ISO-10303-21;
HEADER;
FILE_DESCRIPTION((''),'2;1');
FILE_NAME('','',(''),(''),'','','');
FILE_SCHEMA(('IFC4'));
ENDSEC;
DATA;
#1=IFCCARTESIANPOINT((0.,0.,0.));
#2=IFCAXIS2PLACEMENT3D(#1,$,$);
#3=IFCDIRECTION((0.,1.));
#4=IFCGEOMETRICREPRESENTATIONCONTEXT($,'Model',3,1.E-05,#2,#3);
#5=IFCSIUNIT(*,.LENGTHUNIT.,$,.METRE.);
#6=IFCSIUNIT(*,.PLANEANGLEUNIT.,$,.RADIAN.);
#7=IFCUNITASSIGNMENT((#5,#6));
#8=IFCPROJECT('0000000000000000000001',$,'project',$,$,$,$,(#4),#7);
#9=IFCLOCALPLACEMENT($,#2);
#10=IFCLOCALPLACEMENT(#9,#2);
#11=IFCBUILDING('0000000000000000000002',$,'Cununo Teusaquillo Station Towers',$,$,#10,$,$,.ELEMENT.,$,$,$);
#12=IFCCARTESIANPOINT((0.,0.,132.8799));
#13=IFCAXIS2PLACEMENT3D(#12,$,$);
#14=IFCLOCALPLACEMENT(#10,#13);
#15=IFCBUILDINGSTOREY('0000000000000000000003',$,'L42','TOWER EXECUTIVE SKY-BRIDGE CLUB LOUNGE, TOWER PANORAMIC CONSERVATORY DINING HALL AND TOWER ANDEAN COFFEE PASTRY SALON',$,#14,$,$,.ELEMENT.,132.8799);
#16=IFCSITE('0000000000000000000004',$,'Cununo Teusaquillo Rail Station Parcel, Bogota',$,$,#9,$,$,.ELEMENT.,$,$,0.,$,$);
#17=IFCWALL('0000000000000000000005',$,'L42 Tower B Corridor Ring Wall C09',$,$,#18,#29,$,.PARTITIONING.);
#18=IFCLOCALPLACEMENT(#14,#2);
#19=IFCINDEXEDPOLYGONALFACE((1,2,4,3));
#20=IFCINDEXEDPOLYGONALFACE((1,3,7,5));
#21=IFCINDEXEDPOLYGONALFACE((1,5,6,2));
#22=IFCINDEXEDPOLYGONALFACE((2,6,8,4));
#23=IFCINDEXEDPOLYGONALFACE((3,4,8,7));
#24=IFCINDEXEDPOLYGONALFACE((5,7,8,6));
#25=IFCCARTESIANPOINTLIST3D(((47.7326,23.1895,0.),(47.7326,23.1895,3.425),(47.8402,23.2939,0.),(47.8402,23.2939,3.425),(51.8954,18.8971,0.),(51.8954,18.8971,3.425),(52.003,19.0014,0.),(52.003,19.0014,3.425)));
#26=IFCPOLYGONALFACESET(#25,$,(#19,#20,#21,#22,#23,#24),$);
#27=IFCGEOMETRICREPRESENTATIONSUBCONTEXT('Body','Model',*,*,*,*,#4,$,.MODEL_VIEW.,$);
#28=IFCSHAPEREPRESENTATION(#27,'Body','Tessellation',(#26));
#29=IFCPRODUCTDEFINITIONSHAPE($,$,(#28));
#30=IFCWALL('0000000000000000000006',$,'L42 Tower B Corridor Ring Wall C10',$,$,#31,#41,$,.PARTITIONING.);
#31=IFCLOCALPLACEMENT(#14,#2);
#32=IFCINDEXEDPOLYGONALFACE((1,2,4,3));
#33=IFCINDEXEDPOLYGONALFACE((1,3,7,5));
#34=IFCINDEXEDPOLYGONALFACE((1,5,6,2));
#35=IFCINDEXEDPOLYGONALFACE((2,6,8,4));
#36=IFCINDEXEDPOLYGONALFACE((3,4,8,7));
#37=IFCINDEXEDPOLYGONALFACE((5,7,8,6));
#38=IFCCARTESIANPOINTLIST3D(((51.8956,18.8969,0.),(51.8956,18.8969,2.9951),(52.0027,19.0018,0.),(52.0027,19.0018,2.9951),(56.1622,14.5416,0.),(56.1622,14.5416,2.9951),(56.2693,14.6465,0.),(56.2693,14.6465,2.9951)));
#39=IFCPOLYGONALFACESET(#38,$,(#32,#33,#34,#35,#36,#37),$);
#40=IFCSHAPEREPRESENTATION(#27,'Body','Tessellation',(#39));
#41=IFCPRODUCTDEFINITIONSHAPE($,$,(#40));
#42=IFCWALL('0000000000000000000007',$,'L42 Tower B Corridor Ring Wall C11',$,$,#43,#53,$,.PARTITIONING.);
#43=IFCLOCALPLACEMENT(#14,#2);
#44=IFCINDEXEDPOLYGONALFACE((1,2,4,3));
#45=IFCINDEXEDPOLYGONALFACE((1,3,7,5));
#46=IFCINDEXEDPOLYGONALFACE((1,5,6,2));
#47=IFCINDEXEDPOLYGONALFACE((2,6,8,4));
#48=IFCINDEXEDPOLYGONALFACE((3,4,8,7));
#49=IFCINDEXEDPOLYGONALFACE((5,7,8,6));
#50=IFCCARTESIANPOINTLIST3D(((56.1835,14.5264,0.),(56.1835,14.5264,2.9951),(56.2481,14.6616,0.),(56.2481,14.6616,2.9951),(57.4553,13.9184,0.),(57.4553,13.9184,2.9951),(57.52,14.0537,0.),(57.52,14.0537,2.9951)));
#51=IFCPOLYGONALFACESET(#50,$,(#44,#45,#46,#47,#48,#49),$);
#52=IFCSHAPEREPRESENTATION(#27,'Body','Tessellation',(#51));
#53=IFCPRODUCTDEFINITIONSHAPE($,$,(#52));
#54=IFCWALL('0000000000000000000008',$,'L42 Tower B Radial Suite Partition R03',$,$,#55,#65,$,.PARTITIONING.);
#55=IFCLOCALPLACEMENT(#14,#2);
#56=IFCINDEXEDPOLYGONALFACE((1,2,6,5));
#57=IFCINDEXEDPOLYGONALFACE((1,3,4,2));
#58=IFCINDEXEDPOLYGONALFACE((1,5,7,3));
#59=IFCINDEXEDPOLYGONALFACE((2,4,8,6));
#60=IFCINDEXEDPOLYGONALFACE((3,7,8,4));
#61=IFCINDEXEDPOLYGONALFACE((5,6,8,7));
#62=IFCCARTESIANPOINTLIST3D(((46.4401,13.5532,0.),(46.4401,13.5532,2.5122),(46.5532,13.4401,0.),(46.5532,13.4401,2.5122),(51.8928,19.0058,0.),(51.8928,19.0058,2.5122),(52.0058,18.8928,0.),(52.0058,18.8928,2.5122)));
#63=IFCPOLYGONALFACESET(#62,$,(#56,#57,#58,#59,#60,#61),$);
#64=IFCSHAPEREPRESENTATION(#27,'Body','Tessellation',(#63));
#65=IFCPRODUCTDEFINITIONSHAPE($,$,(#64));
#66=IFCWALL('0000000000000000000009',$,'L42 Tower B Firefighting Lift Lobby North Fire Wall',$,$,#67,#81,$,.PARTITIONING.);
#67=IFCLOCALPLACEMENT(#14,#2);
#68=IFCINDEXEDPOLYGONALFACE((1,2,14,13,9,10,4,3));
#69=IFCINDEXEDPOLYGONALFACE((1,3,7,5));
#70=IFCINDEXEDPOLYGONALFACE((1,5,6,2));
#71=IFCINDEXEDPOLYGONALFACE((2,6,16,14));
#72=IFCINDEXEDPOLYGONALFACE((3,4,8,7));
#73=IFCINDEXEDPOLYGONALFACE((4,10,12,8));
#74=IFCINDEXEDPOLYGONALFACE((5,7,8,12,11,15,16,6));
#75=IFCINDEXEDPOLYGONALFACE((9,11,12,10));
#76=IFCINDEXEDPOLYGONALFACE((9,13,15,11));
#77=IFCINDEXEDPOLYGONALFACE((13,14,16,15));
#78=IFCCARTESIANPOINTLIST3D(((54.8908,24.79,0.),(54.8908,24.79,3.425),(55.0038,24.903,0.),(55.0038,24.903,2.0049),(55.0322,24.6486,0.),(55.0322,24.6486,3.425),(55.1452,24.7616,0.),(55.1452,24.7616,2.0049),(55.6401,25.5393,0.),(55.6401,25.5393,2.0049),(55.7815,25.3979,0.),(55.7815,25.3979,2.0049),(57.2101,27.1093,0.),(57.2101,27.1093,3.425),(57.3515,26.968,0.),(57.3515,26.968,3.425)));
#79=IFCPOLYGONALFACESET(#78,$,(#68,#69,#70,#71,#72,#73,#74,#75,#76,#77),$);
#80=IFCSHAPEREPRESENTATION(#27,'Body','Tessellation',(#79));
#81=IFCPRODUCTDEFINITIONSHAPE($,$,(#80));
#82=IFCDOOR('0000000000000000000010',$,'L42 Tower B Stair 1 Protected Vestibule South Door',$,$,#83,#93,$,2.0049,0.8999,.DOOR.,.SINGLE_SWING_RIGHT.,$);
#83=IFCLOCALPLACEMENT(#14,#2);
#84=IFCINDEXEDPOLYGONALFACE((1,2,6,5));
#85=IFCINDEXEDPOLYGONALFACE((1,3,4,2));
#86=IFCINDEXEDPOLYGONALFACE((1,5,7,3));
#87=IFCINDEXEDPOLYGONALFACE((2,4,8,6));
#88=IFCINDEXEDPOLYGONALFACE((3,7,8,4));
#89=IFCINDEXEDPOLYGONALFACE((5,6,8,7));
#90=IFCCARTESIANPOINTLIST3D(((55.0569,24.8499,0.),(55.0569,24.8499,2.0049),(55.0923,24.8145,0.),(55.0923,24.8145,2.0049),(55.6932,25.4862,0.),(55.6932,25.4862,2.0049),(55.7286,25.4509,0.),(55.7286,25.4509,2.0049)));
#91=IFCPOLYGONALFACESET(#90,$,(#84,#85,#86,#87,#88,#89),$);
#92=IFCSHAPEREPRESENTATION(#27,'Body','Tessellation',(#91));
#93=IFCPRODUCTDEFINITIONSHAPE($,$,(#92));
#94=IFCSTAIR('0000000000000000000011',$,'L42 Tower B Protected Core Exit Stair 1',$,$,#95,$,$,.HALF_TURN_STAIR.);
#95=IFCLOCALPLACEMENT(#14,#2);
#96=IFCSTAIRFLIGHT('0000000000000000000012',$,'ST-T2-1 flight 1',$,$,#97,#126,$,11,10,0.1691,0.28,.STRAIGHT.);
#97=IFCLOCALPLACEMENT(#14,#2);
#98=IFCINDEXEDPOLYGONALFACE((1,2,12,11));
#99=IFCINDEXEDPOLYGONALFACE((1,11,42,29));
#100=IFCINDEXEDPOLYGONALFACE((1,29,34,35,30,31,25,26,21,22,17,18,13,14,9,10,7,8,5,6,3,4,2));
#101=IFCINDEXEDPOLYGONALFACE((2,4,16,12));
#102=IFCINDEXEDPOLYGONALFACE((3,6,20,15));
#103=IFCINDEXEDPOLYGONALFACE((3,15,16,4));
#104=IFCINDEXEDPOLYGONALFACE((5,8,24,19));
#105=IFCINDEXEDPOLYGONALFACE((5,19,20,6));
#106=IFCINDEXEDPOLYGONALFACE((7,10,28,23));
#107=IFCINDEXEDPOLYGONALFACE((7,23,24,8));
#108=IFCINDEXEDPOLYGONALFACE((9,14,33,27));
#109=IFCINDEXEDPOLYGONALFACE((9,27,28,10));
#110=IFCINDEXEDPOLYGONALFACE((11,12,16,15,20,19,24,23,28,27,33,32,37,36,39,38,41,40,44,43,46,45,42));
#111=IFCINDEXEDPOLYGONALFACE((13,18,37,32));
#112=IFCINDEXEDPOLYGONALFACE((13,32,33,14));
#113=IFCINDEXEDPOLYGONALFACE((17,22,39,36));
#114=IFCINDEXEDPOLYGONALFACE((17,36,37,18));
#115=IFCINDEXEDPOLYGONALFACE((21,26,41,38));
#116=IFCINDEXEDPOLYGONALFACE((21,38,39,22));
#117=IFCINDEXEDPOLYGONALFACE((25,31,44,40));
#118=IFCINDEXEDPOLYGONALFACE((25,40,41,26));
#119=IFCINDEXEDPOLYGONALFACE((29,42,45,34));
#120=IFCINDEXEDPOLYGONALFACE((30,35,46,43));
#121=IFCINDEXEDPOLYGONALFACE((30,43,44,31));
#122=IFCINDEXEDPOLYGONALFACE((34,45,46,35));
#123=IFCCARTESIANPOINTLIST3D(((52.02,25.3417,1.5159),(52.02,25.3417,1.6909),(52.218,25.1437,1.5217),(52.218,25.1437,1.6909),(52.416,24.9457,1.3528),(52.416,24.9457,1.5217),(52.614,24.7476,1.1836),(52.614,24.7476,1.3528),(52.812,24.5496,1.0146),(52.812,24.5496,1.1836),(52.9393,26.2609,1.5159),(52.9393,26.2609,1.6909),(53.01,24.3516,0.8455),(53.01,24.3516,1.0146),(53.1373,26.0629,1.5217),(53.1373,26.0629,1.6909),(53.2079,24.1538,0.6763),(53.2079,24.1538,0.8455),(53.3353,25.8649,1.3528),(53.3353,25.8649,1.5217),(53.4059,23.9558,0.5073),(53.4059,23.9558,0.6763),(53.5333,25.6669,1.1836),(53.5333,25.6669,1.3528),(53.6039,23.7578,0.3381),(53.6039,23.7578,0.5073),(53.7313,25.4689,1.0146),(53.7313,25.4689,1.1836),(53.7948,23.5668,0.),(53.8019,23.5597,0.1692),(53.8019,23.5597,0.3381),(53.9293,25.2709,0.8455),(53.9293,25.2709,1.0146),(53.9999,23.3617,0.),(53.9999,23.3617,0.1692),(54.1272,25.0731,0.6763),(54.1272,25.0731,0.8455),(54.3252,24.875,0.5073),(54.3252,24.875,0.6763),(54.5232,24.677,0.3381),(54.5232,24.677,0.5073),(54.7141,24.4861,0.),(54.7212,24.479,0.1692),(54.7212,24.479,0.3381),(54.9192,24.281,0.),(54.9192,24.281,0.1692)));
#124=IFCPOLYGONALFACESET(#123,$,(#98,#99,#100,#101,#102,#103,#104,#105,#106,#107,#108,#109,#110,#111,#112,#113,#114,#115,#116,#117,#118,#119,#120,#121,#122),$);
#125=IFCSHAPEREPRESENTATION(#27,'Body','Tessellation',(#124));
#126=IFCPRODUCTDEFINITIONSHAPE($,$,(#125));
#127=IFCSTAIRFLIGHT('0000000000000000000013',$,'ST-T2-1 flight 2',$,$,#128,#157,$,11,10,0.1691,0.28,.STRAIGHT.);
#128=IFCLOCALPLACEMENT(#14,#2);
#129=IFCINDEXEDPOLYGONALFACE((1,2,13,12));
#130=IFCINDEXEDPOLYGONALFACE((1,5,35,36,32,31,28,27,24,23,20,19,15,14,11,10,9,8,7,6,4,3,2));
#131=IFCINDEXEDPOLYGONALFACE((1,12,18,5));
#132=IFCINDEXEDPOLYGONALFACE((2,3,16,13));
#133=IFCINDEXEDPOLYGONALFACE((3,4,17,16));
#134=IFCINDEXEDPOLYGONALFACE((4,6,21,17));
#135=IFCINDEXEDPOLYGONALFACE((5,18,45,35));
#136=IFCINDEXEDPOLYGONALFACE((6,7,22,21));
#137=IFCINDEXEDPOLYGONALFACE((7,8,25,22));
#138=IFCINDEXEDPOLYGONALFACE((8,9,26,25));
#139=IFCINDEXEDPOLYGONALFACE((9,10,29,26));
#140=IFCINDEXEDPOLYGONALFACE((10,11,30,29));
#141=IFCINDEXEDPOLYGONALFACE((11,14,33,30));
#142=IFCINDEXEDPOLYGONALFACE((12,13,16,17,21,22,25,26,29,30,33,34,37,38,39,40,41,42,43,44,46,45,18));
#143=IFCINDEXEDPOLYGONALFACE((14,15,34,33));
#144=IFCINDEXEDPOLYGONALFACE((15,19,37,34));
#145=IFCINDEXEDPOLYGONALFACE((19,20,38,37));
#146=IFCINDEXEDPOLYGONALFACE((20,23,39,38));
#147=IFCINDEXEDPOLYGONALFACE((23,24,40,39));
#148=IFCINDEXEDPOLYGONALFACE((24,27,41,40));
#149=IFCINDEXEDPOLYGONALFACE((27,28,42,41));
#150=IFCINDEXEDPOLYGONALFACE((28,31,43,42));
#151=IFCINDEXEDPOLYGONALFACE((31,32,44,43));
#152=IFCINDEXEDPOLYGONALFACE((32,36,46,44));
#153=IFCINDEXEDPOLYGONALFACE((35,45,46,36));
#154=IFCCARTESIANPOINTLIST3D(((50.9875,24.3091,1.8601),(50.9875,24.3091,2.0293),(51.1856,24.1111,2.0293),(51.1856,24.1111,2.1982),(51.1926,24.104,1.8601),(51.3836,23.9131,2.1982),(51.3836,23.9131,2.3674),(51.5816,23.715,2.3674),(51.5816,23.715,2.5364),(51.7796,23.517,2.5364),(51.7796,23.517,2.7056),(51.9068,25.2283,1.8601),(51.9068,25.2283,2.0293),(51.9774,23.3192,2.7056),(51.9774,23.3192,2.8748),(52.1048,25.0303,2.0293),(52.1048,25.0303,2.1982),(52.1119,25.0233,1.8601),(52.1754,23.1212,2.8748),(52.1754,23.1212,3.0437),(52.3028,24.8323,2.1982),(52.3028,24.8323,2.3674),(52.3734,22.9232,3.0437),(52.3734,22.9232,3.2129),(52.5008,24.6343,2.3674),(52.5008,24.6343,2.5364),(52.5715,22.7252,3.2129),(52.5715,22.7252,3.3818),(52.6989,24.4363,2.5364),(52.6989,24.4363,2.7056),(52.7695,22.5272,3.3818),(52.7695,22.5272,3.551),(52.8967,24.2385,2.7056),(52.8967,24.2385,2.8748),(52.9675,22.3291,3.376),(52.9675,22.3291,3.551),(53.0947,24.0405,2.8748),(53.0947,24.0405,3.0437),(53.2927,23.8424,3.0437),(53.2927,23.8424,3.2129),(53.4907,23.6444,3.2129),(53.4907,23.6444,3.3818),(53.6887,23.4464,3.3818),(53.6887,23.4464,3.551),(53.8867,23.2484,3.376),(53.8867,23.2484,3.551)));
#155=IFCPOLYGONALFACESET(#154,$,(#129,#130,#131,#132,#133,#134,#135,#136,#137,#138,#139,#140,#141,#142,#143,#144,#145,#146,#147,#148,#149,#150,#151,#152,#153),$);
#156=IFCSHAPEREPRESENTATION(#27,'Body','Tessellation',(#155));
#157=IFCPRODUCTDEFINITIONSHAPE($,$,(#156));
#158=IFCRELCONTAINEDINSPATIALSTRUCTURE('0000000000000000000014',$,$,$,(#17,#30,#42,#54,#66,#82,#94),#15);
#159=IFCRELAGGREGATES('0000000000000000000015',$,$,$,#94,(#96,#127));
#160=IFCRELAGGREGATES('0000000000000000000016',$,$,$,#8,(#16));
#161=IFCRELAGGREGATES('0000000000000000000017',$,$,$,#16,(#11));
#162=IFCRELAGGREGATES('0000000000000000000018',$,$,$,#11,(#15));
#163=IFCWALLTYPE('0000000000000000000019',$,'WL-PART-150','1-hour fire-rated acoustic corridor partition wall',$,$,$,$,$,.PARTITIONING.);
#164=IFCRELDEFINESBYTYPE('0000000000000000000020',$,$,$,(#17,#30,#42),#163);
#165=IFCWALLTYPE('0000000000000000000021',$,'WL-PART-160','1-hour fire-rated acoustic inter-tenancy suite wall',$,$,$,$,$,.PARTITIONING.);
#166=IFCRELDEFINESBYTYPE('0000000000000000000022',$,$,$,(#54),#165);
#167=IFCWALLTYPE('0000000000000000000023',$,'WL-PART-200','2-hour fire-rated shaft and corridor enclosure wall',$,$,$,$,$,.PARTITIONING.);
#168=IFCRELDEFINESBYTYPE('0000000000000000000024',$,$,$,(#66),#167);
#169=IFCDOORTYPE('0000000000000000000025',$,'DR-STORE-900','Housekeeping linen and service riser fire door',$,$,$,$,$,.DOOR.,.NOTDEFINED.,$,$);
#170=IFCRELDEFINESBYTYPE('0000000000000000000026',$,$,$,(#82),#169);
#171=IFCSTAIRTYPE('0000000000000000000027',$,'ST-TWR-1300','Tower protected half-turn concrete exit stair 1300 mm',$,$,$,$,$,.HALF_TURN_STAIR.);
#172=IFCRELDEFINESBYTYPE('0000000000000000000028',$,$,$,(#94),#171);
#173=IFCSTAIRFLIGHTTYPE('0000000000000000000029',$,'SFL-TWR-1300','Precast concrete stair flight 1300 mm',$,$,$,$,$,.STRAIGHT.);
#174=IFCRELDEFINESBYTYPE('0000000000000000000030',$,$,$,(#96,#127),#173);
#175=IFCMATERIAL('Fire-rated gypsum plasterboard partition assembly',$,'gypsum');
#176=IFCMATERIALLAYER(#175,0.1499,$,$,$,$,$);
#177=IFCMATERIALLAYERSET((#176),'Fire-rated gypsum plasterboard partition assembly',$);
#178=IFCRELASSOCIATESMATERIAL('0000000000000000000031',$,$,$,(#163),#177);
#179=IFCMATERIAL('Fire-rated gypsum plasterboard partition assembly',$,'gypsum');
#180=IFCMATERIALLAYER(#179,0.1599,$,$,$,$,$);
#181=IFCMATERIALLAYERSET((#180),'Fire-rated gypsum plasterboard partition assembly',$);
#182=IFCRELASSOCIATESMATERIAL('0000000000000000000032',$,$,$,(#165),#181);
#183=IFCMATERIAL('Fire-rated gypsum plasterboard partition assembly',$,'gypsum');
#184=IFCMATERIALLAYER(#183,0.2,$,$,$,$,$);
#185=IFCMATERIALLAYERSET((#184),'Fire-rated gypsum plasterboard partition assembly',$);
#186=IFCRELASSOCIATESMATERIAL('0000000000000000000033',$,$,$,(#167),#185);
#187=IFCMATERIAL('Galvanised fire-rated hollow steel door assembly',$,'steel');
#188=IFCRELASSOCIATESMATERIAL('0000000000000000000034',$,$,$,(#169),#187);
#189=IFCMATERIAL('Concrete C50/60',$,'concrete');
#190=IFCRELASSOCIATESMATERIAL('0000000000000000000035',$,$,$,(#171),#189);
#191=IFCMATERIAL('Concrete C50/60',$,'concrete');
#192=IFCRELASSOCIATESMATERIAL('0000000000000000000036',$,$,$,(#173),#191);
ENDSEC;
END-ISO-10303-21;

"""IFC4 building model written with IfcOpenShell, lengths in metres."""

from ifc_helpers import new_model, si_unit, direction, frame, frame_2d, origin, place, context, subcontext, project, spatial, polyline, rectangle, outline, extrude, source, transform, mapped, material, layer, layer_set, type_object, element, fill, aggregate, save


model = new_model("IFC4")

# Units and contexts
model_context = context("Model", 3, precision=1e-05, world=origin(), true_north=direction((0.0, 1.0)))
body_context = subcontext(model_context, "Body", "Model", "MODEL_VIEW")
ifc_project = project(units=[si_unit("LENGTHUNIT", "METRE"), si_unit("PLANEANGLEUNIT", "RADIAN")], contexts=[model_context])

# Site, building, storey
site_placement = place(None, origin())
site = spatial("IfcSite", under=ifc_project, at=site_placement, Name="Cununo Teusaquillo Rail Station Parcel, Bogota", CompositionType="ELEMENT", RefElevation=0.0)
building_placement = place(site_placement, origin())
building = spatial("IfcBuilding", under=site, at=building_placement, Name="Cununo Teusaquillo Station Towers", CompositionType="ELEMENT")
storey_placement = place(building_placement, frame((0.0, 0.0, 132.8799)))
storey = spatial("IfcBuildingStorey", under=building, at=storey_placement, Name="L42", Description="TOWER EXECUTIVE SKY-BRIDGE CLUB LOUNGE, TOWER PANORAMIC CONSERVATORY DINING HALL AND TOWER ANDEAN COFFEE PASTRY SALON", CompositionType="ELEMENT", Elevation=132.8799)

# Walls
ifc_material_1 = material(Name="Fire-rated gypsum plasterboard partition assembly", Category="gypsum")
ifc_layer_1 = layer(ifc_material_1, 0.1499)
ifc_layer_set_1 = layer_set([ifc_layer_1], Name="Fire-rated gypsum plasterboard partition assembly")
wall_type_1 = type_object("IfcWallType", Name="WL-PART-150", Description="1-hour fire-rated acoustic corridor partition wall", PredefinedType="PARTITIONING", material=ifc_layer_set_1)
wall_1_placement = place(storey_placement, frame((47.7864, 23.2417, 0.0), z_axis=(0.0, 0.0, 1.0), x_axis=(0.696183, -0.717864, 0.0)))
element("IfcWall", 1, at=wall_1_placement, inside=storey, type_object=wall_type_1, Name="L42 Tower B Corridor Ring Wall C09", PredefinedType="PARTITIONING", context=body_context, shape_type="SweptSolid", body=[
    extrude(rectangle(XDim=5.9795, YDim=0.1499, at=frame_2d((2.9897, 0.0))), origin(), (0.0, 0.0, 1.0), 3.425),
])
wall_2_placement = place(storey_placement, frame((51.9492, 18.9492, 0.0), z_axis=(0.0, 0.0, 1.0), x_axis=(0.699802, -0.714337, 0.0)))
element("IfcWall", 2, at=wall_2_placement, inside=storey, type_object=wall_type_1, Name="L42 Tower B Corridor Ring Wall C10", PredefinedType="PARTITIONING", context=body_context, shape_type="SweptSolid", body=[
    extrude(rectangle(XDim=6.0969, YDim=0.1499, at=frame_2d((3.0483, 0.0))), origin(), (0.0, 0.0, 1.0), 2.9951),
])
wall_3_placement = place(storey_placement, frame((56.2158, 14.594, 0.0), z_axis=(0.0, 0.0, 1.0), x_axis=(0.902219, -0.431278, 0.0)))
element("IfcWall", 3, at=wall_3_placement, inside=storey, type_object=wall_type_1, Name="L42 Tower B Corridor Ring Wall C11", PredefinedType="PARTITIONING", context=body_context, shape_type="SweptSolid", body=[
    extrude(rectangle(XDim=1.4097, YDim=0.1499, at=frame_2d((0.7048, 0.0))), origin(), (0.0, 0.0, 1.0), 2.9951),
])
ifc_material_2 = material(Name="Fire-rated gypsum plasterboard partition assembly", Category="gypsum")
ifc_layer_2 = layer(ifc_material_2, 0.1599)
ifc_layer_set_2 = layer_set([ifc_layer_2], Name="Fire-rated gypsum plasterboard partition assembly")
wall_type_2 = type_object("IfcWallType", Name="WL-PART-160", Description="1-hour fire-rated acoustic inter-tenancy suite wall", PredefinedType="PARTITIONING", material=ifc_layer_set_2)
wall_4_placement = place(storey_placement, frame((51.9492, 18.9492, 0.0), z_axis=(0.0, 0.0, 1.0), x_axis=(-0.707107, -0.707107, 0.0)))
element("IfcWall", 4, at=wall_4_placement, inside=storey, type_object=wall_type_2, Name="L42 Tower B Radial Suite Partition R03", PredefinedType="PARTITIONING", context=body_context, shape_type="SweptSolid", body=[
    extrude(rectangle(XDim=7.7112, YDim=0.1599, at=frame_2d((3.8555, 0.0))), origin(), (0.0, 0.0, 1.0), 2.5122),
])

# Wall, opening, door
ifc_material_3 = material(Name="Fire-rated gypsum plasterboard partition assembly", Category="gypsum")
ifc_layer_3 = layer(ifc_material_3, 0.2)
ifc_layer_set_3 = layer_set([ifc_layer_3], Name="Fire-rated gypsum plasterboard partition assembly")
wall_type_3 = type_object("IfcWallType", Name="WL-PART-200", Description="2-hour fire-rated shaft and corridor enclosure wall", PredefinedType="PARTITIONING", material=ifc_layer_set_3)
wall_5_placement = place(storey_placement, frame((54.9614, 24.7192, 0.0), z_axis=(0.0, 0.0, 1.0), x_axis=(0.707107, 0.707107, 0.0)))
wall_5 = element("IfcWall", 5, at=wall_5_placement, inside=storey, type_object=wall_type_3, Name="L42 Tower B Firefighting Lift Lobby North Fire Wall", PredefinedType="PARTITIONING", context=body_context, shape_type="SweptSolid", body=[
    extrude(rectangle(XDim=3.28, YDim=0.2, at=frame_2d((1.6401, 0.0))), origin(), (0.0, 0.0, 1.0), 3.425),
])
shared_shape_1 = source(origin(), body_context, "Body", "SweptSolid", [
    extrude(rectangle(XDim=0.8999, YDim=2.0049, at=frame_2d((0.45, 1.0024))), frame((0.0, 0.1099, 0.0), z_axis=(0.0, -1.0, 0.0), x_axis=(1.0, 0.0, 0.0)), (0.0, 0.0, 1.0), 0.22),
])
opening_1_placement = place(wall_5_placement, frame((0.1599, 0.0, 0.0)))
opening_1 = element("IfcOpeningElement", 6, at=opening_1_placement, cuts=wall_5, PredefinedType="OPENING", context=body_context, shape_type="MappedRepresentation", body=[
    mapped(shared_shape_1, transform((0.0, 0.0, 0.0), x_axis=(1.0, 0.0, 0.0), y_axis=(0.0, 1.0, 0.0), z_axis=(0.0, 0.0, 1.0), scale=1.0)),
])
ifc_material_4 = material(Name="Galvanised fire-rated hollow steel door assembly", Category="steel")
door_type = type_object("IfcDoorType", Name="DR-STORE-900", Description="Housekeeping linen and service riser fire door", OperationType="NOTDEFINED", PredefinedType="DOOR", material=ifc_material_4)
shared_shape_2 = source(origin(), body_context, "Body", "SweptSolid", [
    extrude(rectangle(XDim=0.8999, YDim=2.0049, at=frame_2d((0.45, 1.0024))), frame((0.0, 0.0249, 0.0), z_axis=(0.0, -1.0, 0.0), x_axis=(1.0, 0.0, 0.0)), (0.0, 0.0, 1.0), 0.05),
])
door_placement = place(opening_1_placement, origin())
door = element("IfcDoor", 7, at=door_placement, inside=storey, type_object=door_type, Name="L42 Tower B Stair 1 Protected Vestibule South Door", OperationType="SINGLE_SWING_RIGHT", OverallHeight=2.0049, OverallWidth=0.8999, PredefinedType="DOOR", context=body_context, shape_type="MappedRepresentation", body=[
    mapped(shared_shape_2, transform((0.0, 0.0, 0.0), x_axis=(1.0, 0.0, 0.0), y_axis=(0.0, 1.0, 0.0), z_axis=(0.0, 0.0, 1.0), scale=1.0)),
])
fill(opening_1, door)

# Stair, stair flights
ifc_material_5 = material(Name="Concrete C50/60", Category="concrete")
stair_type = type_object("IfcStairType", Name="ST-TWR-1300", Description="Tower protected half-turn concrete exit stair 1300 mm", PredefinedType="HALF_TURN_STAIR", material=ifc_material_5)
stair_placement = place(storey_placement, origin())
stair = element("IfcStair", 8, at=stair_placement, inside=storey, type_object=stair_type, Name="L42 Tower B Protected Core Exit Stair 1", PredefinedType="HALF_TURN_STAIR")
ifc_material_6 = material(Name="Concrete C50/60", Category="concrete")
stair_flight_type = type_object("IfcStairFlightType", Name="SFL-TWR-1300", Description="Precast concrete stair flight 1300 mm", PredefinedType="STRAIGHT", material=ifc_material_6)
stair_flight_1_placement = place(storey_placement, frame((54.4595, 23.8213, 0.0), z_axis=(0.0, 0.0, 1.0), x_axis=(-0.707107, 0.707107, 0.0)))
stair_flight_1 = element("IfcStairFlight", 9, at=stair_flight_1_placement, type_object=stair_flight_type, Name="ST-T2-1 flight 1", NumberOfRisers=11, NumberOfTreads=10, PredefinedType="STRAIGHT", RiserHeight=0.1691, TreadLength=0.28, context=body_context, shape_type="SweptSolid", body=[
    extrude(outline(polyline([(0.0, 0.0), (0.0, 0.1692), (0.28, 0.1692), (0.28, 0.3381), (0.5601, 0.3381), (0.5601, 0.5073), (0.8401, 0.5073), (0.8401, 0.6763), (1.1201, 0.6763), (1.1201, 0.8455), (1.3999, 0.8455), (1.3999, 1.0146), (1.6799, 1.0146), (1.6799, 1.1836), (1.96, 1.1836), (1.96, 1.3528), (2.24, 1.3528), (2.24, 1.5217), (2.52, 1.5217), (2.52, 1.6909), (2.8, 1.6909), (2.8, 1.8601), (2.8, 1.5159), (0.29, 0.0), (0.0, 0.0)])), frame((0.0, 0.6499, 0.0), z_axis=(0.0, -1.0, 0.0), x_axis=(1.0, 0.0, 0.0)), (0.0, 0.0, 1.0), 1.3),
])
stair_flight_2_placement = place(storey_placement, frame((51.4473, 24.7688, 1.8601), z_axis=(0.0, 0.0, 1.0), x_axis=(0.707107, -0.707107, 0.0)))
stair_flight_2 = element("IfcStairFlight", 10, at=stair_flight_2_placement, type_object=stair_flight_type, Name="ST-T2-1 flight 2", NumberOfRisers=11, NumberOfTreads=10, PredefinedType="STRAIGHT", RiserHeight=0.1691, TreadLength=0.28, context=body_context, shape_type="SweptSolid", body=[
    extrude(outline(polyline([(0.0, 0.0), (0.0, 0.1692), (0.28, 0.1692), (0.28, 0.3381), (0.5601, 0.3381), (0.5601, 0.5073), (0.8401, 0.5073), (0.8401, 0.6763), (1.1201, 0.6763), (1.1201, 0.8455), (1.3999, 0.8455), (1.3999, 1.0146), (1.6799, 1.0146), (1.6799, 1.1836), (1.96, 1.1836), (1.96, 1.3528), (2.24, 1.3528), (2.24, 1.5217), (2.52, 1.5217), (2.52, 1.6909), (2.8, 1.6909), (2.8, 1.8601), (2.8, 1.5159), (0.29, 0.0), (0.0, 0.0)])), frame((0.0, 0.6499, 0.0), z_axis=(0.0, -1.0, 0.0), x_axis=(1.0, 0.0, 0.0)), (0.0, 0.0, 1.0), 1.3),
])
aggregate(stair, [stair_flight_1, stair_flight_2])

save(model, "model.ifc")
